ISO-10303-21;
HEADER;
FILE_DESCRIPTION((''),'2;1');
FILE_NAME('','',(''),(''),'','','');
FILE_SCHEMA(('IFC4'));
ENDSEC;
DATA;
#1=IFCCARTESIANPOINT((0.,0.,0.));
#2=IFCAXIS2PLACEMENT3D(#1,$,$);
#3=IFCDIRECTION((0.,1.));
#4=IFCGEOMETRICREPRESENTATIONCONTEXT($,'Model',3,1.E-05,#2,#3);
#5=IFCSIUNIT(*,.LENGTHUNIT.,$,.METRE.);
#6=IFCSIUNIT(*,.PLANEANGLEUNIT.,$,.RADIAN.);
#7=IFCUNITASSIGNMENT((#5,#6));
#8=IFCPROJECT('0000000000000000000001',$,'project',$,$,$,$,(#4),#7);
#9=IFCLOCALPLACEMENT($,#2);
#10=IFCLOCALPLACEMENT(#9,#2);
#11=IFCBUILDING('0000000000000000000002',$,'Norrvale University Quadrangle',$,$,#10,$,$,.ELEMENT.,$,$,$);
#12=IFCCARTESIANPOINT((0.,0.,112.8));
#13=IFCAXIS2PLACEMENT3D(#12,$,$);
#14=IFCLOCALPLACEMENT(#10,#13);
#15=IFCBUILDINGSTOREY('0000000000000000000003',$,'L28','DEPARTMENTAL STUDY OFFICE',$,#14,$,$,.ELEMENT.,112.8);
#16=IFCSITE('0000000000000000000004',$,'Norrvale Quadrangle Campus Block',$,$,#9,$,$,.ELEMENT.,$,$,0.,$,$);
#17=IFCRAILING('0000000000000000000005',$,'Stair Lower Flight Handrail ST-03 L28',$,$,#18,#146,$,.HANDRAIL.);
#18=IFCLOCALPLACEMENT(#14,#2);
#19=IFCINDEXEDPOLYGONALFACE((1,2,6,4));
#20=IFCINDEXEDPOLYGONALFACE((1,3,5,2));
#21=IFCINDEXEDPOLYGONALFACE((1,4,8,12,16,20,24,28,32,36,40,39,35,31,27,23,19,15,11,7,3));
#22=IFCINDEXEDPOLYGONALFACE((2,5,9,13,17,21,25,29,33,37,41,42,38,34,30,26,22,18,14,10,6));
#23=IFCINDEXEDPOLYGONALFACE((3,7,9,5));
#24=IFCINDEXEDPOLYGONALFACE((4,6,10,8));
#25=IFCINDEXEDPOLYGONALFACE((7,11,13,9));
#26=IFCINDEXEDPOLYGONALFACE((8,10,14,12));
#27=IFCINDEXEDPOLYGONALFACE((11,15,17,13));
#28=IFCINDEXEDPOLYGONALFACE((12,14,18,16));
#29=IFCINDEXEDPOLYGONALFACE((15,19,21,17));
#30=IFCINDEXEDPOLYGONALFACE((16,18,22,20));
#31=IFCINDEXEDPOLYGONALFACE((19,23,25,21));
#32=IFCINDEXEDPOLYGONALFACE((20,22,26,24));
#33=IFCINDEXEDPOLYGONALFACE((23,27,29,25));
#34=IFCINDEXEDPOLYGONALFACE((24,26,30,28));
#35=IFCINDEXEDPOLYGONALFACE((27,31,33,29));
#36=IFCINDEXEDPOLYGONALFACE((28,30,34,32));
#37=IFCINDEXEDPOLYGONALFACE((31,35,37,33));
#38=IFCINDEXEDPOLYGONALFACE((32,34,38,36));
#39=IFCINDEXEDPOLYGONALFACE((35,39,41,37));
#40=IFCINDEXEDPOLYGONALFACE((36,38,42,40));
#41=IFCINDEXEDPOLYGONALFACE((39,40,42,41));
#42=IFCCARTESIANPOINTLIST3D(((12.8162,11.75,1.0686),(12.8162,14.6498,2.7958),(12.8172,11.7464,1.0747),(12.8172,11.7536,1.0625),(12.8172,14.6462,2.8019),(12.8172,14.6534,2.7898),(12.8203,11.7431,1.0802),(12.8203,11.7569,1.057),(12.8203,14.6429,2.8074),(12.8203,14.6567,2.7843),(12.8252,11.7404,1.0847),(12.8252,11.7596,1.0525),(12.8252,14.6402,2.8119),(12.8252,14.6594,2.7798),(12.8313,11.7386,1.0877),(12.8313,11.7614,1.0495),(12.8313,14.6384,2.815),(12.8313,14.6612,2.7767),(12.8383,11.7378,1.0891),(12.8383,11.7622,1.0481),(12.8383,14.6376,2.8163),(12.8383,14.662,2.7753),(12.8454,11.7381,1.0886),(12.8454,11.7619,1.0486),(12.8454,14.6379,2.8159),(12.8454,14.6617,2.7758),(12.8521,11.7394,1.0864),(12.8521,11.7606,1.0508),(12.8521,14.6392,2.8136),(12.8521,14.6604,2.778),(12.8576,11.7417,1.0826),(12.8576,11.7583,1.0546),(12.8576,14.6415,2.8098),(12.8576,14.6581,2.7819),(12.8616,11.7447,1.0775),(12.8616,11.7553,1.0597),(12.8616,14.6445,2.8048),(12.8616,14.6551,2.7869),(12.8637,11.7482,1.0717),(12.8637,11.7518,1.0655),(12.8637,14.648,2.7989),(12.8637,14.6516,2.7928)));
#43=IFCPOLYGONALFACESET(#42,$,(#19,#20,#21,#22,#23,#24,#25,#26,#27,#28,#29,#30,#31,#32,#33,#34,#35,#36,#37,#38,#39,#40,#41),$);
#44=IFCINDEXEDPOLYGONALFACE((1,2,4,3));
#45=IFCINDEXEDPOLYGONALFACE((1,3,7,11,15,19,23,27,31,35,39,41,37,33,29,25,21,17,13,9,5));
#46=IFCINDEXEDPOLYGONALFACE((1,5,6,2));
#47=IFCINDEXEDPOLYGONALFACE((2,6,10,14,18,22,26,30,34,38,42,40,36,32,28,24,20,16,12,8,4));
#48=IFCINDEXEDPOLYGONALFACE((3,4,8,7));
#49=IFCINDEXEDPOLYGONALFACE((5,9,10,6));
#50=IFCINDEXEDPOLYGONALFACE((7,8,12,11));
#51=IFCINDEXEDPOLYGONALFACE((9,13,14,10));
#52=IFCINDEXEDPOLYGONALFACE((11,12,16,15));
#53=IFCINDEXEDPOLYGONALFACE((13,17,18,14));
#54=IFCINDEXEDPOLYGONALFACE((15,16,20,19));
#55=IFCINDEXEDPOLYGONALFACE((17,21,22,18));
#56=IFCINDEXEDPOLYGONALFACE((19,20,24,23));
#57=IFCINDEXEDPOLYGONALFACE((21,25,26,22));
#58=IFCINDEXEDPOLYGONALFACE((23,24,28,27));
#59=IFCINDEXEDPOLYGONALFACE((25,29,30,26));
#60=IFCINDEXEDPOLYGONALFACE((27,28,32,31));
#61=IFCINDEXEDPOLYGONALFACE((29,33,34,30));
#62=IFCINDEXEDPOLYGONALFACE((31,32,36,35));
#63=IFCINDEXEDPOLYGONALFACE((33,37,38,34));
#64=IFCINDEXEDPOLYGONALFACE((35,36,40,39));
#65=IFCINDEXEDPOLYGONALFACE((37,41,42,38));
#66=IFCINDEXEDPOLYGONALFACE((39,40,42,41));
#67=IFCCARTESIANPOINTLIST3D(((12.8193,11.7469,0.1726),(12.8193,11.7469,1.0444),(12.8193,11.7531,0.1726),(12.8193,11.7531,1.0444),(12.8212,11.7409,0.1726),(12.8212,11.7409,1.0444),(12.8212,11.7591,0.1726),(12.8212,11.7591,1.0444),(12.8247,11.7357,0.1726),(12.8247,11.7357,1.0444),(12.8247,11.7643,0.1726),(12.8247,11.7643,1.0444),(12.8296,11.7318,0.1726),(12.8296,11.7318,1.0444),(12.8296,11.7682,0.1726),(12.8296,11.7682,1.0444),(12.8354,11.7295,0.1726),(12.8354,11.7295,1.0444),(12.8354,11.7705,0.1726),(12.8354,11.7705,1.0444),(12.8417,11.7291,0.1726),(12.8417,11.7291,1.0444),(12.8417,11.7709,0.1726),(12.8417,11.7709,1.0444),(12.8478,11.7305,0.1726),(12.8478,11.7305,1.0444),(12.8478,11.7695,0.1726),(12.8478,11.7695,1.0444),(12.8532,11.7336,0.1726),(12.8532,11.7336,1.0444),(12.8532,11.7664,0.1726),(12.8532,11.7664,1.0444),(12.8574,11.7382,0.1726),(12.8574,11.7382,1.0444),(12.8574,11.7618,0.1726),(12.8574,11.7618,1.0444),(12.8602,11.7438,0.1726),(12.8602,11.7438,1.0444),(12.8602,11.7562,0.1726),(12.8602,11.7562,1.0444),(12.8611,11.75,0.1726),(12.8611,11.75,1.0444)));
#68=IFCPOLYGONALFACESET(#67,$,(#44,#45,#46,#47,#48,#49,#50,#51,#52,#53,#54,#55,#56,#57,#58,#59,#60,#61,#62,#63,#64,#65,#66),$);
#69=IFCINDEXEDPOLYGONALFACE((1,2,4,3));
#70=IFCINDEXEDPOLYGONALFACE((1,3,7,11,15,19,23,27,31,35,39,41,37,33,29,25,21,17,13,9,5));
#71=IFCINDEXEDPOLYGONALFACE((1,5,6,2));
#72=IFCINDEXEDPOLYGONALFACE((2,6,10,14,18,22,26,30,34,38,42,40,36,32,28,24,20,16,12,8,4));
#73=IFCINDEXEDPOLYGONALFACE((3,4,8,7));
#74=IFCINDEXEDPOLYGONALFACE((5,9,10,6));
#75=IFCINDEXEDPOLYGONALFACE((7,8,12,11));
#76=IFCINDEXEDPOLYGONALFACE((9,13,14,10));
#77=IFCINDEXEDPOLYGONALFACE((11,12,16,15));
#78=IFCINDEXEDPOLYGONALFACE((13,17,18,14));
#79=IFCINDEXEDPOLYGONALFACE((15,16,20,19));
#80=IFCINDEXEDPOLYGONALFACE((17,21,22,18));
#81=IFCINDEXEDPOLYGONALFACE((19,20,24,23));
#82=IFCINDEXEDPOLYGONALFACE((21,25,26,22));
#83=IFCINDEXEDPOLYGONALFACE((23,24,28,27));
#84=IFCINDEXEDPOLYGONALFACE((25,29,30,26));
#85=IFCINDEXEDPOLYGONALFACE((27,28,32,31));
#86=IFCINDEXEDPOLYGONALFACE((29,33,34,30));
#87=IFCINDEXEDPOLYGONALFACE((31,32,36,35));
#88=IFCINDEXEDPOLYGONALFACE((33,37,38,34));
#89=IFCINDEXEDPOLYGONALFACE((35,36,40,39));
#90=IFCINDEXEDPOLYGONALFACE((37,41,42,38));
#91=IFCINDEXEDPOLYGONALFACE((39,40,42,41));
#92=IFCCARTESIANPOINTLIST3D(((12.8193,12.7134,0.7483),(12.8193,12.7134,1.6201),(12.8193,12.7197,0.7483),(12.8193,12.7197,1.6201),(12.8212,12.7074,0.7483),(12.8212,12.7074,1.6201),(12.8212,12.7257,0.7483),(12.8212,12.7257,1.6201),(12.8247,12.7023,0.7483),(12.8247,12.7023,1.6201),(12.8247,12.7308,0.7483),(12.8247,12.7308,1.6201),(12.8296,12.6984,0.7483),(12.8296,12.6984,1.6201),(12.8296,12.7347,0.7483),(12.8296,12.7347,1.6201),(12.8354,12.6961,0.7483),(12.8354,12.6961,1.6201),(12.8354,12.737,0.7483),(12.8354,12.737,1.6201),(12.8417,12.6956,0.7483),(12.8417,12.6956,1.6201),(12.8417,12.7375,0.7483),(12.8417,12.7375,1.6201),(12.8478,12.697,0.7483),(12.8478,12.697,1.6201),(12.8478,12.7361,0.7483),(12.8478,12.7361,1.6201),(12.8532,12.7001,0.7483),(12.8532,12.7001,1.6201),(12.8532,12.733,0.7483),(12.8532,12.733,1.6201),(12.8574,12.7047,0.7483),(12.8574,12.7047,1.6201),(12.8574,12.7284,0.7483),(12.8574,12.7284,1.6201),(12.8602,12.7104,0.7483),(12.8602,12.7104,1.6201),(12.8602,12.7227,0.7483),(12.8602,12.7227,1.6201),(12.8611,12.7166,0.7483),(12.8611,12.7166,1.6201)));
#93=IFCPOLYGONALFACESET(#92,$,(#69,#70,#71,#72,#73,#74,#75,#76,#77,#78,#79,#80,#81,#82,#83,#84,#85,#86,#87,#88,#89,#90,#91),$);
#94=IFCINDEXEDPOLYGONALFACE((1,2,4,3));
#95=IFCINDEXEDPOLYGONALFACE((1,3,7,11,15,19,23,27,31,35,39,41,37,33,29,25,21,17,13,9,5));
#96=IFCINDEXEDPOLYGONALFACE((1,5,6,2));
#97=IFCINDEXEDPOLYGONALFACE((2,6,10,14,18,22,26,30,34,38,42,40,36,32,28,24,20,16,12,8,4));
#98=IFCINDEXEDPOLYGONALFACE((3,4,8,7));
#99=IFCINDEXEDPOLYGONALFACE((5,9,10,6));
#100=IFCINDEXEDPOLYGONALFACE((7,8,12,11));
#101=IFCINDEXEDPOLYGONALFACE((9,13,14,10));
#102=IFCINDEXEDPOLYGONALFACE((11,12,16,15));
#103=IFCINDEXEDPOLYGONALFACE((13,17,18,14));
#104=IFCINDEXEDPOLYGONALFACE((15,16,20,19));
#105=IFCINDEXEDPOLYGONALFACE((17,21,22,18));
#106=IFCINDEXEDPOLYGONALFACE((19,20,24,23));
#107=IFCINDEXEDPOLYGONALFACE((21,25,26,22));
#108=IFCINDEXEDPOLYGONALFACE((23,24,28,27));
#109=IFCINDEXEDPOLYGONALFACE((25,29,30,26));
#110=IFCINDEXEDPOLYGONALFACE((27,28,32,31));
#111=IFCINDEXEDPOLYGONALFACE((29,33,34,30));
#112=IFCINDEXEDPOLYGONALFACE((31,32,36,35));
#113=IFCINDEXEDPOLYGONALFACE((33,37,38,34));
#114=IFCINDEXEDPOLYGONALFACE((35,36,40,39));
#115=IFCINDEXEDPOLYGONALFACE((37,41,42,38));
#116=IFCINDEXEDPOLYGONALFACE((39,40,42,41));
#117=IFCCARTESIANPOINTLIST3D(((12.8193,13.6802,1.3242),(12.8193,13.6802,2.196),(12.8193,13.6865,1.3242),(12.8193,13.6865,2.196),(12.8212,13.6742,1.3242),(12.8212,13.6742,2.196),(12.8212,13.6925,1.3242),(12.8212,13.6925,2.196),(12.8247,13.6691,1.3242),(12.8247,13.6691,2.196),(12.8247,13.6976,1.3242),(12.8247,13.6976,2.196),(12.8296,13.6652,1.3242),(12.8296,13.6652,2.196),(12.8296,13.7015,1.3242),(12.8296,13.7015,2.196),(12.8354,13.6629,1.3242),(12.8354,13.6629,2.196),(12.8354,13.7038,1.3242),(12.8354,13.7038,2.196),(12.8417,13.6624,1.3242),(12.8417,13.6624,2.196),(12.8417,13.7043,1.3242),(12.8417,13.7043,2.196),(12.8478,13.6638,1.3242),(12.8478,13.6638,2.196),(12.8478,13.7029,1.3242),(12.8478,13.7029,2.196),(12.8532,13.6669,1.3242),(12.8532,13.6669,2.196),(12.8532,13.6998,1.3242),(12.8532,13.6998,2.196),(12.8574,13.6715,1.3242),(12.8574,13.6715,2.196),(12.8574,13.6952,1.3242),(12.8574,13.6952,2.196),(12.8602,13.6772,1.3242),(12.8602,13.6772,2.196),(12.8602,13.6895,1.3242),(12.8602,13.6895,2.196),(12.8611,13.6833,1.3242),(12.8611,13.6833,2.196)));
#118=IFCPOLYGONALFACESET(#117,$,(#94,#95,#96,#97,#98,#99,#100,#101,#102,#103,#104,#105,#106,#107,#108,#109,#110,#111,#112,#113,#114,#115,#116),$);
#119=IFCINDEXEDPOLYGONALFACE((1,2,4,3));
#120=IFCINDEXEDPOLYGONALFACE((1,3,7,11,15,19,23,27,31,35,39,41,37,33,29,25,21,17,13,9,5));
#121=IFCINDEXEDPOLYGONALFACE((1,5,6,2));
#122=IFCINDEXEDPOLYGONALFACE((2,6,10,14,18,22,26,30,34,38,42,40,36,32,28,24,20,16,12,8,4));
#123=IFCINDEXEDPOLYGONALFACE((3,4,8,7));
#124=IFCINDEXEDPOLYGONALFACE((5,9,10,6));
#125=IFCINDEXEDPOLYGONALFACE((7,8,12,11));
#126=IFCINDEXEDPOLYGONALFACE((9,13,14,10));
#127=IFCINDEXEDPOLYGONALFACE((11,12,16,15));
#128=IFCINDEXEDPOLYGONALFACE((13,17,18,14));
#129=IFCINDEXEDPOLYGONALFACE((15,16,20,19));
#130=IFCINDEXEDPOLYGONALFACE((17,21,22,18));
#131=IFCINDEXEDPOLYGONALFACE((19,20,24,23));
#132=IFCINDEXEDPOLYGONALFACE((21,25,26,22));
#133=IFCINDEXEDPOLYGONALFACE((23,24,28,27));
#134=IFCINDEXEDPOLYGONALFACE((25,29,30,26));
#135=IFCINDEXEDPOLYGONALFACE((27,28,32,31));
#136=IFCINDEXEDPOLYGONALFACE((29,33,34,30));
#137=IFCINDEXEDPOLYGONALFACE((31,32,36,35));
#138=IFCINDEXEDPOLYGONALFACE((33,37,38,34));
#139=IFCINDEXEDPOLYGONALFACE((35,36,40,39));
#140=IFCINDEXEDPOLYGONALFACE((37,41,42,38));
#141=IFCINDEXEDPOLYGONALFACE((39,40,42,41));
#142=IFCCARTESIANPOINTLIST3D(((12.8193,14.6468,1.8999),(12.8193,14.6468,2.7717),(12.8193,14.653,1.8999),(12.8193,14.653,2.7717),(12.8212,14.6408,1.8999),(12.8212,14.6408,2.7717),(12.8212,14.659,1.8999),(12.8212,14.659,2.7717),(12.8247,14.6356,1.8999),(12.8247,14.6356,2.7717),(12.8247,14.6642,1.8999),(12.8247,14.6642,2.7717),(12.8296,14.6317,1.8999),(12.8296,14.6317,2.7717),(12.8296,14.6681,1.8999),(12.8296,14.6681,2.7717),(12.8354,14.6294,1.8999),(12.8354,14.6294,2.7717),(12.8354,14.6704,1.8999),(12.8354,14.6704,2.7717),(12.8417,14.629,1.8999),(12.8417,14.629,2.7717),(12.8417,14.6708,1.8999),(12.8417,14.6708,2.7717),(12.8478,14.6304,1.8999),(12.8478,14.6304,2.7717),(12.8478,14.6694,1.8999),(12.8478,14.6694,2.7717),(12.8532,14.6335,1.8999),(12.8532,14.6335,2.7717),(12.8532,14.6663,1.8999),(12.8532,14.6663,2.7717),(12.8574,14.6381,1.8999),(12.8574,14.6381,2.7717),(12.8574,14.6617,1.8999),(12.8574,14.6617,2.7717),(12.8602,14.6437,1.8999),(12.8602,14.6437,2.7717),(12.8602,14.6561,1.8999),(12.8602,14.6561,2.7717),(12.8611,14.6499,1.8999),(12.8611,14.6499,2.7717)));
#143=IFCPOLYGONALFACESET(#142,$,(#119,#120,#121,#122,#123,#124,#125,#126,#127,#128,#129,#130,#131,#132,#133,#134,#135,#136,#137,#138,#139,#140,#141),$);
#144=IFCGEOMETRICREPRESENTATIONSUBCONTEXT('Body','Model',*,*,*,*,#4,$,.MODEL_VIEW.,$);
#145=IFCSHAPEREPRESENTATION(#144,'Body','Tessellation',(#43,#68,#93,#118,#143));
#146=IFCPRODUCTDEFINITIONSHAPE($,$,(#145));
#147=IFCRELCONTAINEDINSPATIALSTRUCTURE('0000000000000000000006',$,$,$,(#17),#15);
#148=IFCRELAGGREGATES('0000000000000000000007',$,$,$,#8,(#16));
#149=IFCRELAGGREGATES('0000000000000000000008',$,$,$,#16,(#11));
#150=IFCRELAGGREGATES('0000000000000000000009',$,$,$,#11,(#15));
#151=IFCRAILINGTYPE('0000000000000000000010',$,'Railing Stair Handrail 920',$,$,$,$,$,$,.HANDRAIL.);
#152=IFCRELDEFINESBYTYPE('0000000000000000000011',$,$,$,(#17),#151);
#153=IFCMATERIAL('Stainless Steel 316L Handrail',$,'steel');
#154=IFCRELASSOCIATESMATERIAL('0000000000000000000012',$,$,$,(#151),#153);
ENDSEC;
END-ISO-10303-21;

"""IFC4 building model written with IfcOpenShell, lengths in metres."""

from ifc_helpers import new_model, si_unit, direction, frame, origin, origin_2d, place, context, subcontext, project, spatial, circle, extrude, material, type_object, element, save


model = new_model("IFC4")

# Units and contexts
model_context = context("Model", 3, precision=1e-05, world=origin(), true_north=direction((0.0, 1.0)))
body_context = subcontext(model_context, "Body", "Model", "MODEL_VIEW")
ifc_project = project(units=[si_unit("LENGTHUNIT", "METRE"), si_unit("PLANEANGLEUNIT", "RADIAN")], contexts=[model_context])

# Site, building, storey
site_placement = place(None, origin())
site = spatial("IfcSite", under=ifc_project, at=site_placement, Name="Norrvale Quadrangle Campus Block", CompositionType="ELEMENT", RefElevation=0.0)
building_placement = place(site_placement, origin())
building = spatial("IfcBuilding", under=site, at=building_placement, Name="Norrvale University Quadrangle", CompositionType="ELEMENT")
storey_placement = place(building_placement, frame((0.0, 0.0, 112.8)))
storey = spatial("IfcBuildingStorey", under=building, at=storey_placement, Name="L28", Description="DEPARTMENTAL STUDY OFFICE", CompositionType="ELEMENT", Elevation=112.8)

# Railing
ifc_material_1 = material(Name="Stainless Steel 316L Handrail", Category="steel")
railing_type_1 = type_object("IfcRailingType", Name="Railing Stair Handrail 920", PredefinedType="HANDRAIL", material=ifc_material_1)
railing_1_placement = place(storey_placement, frame((12.8401, 11.75, 0.1726)))
element("IfcRailing", 1, at=railing_1_placement, inside=storey, type_object=railing_type_1, Name="Stair Lower Flight Handrail ST-03 L28", PredefinedType="HANDRAIL", context=body_context, shape_type="SweptSolid", body=[
    extrude(circle(Radius=0.0239, at=origin_2d()), frame((0.0, 0.0, 0.896), z_axis=(0.0, 0.859141, 0.511738), x_axis=(-1.0, 0.0, 0.0)), (0.0, 0.0, 1.0), 3.3752),
    extrude(circle(Radius=0.021, at=origin_2d()), origin(), (0.0, 0.0, 1.0), 0.8718),
    extrude(circle(Radius=0.021, at=origin_2d()), frame((0.0, 0.9666, 0.5757)), (0.0, 0.0, 1.0), 0.8718),
    extrude(circle(Radius=0.021, at=origin_2d()), frame((0.0, 1.9333, 1.1516)), (0.0, 0.0, 1.0), 0.8718),
    extrude(circle(Radius=0.021, at=origin_2d()), frame((0.0, 2.8999, 1.7273)), (0.0, 0.0, 1.0), 0.8718),
])

save(model, "model.ifc")
